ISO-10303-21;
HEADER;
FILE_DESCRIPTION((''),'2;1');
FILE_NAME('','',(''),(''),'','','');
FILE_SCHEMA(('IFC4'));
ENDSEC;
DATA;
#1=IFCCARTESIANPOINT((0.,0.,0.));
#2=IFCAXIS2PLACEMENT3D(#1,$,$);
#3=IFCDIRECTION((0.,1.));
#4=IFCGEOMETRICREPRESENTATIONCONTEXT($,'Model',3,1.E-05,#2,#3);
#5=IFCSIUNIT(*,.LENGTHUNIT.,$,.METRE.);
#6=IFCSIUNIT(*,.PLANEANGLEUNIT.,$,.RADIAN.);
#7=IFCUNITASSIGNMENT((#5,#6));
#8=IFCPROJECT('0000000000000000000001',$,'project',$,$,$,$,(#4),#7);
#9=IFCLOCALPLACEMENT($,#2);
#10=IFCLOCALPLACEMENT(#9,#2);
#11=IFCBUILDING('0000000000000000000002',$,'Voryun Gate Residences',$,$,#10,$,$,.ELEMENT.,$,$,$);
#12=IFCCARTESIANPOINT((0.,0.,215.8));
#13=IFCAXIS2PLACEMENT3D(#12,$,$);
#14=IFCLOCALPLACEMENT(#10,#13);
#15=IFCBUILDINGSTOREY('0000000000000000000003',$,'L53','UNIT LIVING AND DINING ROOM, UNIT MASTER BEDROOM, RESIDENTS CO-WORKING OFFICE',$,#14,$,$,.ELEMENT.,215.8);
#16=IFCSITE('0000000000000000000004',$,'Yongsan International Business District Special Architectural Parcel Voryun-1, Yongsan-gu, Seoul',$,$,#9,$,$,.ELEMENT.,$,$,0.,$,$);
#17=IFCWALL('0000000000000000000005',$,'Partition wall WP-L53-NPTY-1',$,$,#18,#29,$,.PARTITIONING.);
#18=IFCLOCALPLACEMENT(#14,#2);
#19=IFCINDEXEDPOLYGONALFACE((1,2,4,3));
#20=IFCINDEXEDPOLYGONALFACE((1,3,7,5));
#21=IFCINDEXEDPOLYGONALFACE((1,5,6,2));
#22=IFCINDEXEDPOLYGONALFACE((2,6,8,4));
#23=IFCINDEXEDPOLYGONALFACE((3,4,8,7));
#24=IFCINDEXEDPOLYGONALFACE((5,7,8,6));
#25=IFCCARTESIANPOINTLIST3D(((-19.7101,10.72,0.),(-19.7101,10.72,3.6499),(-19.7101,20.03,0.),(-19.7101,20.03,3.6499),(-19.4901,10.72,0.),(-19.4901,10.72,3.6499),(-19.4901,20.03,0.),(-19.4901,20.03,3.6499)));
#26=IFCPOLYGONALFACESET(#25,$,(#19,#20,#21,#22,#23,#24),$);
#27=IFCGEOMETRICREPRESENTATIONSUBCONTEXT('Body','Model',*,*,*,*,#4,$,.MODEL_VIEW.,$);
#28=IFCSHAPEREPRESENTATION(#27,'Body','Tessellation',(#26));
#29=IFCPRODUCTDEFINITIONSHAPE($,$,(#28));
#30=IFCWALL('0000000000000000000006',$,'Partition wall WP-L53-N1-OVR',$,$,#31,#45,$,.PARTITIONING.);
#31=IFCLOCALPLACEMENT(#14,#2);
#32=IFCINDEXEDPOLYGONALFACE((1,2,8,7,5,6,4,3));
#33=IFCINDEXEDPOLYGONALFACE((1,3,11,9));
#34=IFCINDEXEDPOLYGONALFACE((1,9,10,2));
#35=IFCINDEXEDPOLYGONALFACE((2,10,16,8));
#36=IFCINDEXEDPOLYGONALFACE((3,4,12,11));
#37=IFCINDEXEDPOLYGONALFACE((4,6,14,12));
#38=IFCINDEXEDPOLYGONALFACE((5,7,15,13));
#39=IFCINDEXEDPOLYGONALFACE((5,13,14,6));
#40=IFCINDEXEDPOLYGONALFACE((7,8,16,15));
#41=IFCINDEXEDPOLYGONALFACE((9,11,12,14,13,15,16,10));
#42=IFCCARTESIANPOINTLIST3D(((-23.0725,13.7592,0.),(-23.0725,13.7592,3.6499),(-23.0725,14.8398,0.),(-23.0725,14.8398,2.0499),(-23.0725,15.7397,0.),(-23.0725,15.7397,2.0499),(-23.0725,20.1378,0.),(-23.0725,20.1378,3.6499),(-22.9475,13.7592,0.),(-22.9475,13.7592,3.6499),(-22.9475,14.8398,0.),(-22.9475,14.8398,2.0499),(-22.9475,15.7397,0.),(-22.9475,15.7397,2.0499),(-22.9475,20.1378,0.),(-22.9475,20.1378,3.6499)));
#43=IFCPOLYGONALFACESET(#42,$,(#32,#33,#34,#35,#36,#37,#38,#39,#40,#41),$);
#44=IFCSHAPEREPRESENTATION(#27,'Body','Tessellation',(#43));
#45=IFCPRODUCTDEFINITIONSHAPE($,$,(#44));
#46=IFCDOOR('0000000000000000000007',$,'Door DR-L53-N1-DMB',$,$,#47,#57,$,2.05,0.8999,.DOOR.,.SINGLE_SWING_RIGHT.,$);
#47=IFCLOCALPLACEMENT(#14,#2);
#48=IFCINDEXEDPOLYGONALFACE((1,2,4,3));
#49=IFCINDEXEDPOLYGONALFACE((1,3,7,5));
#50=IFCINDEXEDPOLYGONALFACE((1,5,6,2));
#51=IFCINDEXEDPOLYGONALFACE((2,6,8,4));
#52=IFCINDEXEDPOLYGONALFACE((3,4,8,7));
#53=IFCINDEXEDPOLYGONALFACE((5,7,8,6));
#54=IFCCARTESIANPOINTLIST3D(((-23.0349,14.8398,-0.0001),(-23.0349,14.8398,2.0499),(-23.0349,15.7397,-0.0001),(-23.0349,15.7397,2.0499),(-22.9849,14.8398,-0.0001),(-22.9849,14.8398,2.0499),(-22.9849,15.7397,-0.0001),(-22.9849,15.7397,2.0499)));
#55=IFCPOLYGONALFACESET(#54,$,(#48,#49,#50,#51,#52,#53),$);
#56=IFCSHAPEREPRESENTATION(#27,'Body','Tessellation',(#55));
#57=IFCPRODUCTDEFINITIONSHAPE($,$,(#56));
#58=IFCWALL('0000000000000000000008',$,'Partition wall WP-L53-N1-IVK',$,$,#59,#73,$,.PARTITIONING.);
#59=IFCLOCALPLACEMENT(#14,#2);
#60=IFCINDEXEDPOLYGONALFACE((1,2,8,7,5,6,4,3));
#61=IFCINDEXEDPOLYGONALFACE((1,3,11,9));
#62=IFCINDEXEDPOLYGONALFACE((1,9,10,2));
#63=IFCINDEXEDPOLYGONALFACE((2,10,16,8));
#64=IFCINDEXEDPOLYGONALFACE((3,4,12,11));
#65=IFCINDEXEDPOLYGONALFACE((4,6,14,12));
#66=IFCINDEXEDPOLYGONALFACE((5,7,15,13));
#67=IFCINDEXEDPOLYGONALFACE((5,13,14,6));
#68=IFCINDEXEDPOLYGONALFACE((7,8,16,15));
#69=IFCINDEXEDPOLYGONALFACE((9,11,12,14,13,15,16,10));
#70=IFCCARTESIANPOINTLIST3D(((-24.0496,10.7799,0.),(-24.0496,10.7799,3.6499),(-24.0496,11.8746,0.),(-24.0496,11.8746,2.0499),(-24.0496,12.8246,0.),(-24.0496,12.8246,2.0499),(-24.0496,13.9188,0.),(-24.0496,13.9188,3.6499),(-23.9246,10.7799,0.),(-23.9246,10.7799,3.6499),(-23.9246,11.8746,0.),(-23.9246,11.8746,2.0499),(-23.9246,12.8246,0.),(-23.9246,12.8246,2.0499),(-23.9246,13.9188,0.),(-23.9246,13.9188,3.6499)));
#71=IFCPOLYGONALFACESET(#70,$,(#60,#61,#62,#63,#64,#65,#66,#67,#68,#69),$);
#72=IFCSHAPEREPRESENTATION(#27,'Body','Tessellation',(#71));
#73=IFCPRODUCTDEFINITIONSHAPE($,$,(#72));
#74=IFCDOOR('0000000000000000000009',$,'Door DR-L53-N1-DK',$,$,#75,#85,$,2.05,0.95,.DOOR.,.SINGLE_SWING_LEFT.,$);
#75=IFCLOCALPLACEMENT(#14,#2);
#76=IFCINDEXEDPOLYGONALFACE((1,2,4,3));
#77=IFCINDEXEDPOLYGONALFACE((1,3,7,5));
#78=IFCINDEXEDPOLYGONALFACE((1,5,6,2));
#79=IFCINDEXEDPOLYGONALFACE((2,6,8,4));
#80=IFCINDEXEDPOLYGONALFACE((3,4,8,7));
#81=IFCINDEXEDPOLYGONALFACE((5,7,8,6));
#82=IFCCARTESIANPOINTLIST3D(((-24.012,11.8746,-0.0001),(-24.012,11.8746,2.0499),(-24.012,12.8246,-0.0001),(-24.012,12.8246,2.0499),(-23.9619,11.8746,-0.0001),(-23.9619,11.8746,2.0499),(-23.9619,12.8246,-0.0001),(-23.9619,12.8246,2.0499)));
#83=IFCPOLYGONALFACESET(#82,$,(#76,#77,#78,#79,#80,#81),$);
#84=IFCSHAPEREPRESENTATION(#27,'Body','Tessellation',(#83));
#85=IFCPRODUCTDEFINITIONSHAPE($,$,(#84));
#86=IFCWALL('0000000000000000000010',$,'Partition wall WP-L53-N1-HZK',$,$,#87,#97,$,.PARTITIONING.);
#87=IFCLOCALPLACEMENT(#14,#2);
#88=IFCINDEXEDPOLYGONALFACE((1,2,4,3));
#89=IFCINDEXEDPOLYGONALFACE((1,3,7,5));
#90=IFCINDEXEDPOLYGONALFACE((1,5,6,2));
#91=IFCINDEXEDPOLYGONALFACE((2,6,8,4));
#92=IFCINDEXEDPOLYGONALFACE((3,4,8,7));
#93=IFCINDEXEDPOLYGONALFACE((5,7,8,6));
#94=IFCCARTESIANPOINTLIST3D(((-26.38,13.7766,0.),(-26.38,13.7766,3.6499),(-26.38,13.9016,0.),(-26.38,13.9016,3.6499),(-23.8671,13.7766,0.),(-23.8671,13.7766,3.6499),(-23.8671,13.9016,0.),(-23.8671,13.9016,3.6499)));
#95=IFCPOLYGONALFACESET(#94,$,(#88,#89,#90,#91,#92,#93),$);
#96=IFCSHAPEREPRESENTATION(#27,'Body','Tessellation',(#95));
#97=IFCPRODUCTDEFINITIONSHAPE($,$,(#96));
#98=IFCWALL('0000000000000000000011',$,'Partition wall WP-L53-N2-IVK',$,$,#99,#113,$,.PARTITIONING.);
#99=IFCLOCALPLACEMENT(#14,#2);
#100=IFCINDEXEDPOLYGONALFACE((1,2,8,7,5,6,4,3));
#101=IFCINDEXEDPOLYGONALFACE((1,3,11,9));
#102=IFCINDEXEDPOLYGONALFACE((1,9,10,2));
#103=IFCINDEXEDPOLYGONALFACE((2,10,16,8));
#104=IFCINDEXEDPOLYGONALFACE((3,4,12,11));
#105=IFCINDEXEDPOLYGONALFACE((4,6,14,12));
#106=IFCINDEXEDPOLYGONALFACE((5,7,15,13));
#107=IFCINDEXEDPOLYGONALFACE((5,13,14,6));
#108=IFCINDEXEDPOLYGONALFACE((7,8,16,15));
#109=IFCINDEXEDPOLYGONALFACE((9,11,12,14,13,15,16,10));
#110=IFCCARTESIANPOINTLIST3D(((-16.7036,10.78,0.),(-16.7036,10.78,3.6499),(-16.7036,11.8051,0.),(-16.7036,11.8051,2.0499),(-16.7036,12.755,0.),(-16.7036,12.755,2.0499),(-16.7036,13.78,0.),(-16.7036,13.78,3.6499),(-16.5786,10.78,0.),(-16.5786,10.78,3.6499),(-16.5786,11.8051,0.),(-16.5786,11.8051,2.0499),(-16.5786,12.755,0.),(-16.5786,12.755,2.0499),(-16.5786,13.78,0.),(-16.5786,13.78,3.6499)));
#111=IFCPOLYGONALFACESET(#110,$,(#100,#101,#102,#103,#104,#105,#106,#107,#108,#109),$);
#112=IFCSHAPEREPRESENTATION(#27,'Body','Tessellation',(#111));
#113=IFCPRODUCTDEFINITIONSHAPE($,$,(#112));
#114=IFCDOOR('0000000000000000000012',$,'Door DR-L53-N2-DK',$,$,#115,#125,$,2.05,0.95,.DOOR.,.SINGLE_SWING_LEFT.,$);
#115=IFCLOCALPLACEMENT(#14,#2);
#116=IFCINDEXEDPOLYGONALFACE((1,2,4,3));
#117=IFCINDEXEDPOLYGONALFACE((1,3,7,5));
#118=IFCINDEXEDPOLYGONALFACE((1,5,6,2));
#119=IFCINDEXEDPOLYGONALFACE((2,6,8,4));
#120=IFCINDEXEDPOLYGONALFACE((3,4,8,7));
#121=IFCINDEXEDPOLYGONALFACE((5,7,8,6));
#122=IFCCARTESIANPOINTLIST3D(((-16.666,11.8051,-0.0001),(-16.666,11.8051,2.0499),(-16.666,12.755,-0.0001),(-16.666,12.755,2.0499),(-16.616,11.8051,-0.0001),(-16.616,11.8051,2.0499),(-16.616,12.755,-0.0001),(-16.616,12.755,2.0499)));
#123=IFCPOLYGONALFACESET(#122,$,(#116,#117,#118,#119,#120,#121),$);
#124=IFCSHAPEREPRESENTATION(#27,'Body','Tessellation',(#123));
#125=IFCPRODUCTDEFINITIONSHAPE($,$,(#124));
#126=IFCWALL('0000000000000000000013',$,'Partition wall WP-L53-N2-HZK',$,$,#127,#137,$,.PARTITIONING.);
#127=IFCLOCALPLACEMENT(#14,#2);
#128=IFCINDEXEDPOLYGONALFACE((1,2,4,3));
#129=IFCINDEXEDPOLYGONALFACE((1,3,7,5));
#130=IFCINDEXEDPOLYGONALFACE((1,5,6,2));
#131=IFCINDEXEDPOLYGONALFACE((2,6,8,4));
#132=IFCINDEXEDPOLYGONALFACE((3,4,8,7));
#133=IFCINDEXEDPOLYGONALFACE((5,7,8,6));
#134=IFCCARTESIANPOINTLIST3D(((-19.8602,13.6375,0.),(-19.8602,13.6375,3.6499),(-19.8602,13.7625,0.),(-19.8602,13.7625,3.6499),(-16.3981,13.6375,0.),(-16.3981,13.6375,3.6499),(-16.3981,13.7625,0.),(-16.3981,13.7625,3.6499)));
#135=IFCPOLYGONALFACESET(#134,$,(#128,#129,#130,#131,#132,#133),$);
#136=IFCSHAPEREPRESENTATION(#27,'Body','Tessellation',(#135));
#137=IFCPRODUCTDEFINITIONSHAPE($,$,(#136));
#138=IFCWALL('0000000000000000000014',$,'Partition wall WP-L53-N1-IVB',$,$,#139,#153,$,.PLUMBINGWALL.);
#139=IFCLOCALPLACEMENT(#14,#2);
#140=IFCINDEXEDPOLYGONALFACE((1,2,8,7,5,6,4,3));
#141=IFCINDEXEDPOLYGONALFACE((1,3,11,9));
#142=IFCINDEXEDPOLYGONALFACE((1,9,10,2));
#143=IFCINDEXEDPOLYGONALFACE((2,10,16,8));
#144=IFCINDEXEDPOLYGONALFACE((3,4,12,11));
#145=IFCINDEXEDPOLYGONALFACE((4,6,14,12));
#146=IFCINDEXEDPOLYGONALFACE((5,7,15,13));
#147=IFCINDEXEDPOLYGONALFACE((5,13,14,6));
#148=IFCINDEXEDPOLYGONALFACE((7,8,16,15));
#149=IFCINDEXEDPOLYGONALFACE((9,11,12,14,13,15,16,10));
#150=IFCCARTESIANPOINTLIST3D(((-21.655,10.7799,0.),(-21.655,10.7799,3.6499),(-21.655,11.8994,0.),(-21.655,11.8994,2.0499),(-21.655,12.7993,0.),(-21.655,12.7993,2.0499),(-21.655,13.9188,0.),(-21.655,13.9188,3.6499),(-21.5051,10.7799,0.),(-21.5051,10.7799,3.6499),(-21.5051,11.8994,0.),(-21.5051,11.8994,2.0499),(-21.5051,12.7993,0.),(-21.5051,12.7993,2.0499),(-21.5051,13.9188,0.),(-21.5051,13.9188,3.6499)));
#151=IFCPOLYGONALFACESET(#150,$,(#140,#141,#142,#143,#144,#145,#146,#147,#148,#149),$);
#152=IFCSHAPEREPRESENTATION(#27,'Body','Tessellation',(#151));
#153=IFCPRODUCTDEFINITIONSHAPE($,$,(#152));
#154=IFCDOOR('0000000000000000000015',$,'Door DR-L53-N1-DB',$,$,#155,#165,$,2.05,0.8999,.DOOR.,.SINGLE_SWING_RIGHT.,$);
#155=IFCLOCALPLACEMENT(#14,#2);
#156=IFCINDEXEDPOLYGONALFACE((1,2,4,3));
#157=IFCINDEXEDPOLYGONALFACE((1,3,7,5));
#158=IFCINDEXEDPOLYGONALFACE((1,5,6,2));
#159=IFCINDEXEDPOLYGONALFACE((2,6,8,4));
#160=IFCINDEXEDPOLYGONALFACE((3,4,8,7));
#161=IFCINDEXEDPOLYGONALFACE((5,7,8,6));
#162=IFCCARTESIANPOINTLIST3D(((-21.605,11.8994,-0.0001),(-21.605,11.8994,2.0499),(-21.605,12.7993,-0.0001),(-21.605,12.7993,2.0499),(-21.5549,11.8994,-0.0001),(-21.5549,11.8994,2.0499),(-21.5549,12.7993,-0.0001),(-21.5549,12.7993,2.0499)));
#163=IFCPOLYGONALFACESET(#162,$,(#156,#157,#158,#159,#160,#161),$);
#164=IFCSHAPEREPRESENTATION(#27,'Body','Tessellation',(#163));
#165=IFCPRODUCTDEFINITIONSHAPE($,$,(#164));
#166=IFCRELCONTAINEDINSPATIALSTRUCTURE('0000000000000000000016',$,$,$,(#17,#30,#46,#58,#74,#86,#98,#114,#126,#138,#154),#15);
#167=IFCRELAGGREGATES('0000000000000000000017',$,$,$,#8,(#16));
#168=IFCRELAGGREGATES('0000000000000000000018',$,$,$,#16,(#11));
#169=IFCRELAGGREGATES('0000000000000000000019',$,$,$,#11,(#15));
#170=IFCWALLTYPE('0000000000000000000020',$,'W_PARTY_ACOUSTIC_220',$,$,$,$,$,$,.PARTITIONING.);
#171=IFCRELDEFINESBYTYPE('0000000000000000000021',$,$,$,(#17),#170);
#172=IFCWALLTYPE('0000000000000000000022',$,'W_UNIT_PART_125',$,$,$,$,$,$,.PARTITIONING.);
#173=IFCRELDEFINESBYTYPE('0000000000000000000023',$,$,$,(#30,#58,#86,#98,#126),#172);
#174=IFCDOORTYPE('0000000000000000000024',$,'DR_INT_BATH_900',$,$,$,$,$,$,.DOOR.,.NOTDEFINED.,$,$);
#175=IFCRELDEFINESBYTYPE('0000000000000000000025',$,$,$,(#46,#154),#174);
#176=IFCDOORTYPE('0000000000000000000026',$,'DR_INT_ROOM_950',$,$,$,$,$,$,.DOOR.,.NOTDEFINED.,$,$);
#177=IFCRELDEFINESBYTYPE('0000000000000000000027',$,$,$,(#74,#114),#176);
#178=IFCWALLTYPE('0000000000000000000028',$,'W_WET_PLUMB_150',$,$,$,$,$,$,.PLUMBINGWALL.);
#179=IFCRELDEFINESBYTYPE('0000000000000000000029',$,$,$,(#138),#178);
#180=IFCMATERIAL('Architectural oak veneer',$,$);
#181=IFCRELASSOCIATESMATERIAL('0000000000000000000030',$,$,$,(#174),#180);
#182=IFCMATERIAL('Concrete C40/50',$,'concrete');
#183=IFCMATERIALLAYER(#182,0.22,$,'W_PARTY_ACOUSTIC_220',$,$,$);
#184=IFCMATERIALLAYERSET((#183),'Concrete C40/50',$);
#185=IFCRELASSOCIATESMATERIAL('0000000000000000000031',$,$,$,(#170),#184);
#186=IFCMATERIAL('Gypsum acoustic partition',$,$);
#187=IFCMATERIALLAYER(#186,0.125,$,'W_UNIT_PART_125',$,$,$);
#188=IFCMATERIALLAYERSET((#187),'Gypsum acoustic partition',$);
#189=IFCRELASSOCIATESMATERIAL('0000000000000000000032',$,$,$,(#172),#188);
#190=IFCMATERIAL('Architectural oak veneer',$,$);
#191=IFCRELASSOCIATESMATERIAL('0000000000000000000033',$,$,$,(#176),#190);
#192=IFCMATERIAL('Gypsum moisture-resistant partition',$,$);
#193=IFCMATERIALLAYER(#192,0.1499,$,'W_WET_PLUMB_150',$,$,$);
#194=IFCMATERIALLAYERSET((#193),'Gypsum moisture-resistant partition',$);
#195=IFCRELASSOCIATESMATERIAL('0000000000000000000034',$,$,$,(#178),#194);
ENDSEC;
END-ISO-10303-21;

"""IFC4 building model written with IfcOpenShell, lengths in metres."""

from ifc_helpers import new_model, si_unit, direction, frame, frame_2d, origin, place, context, subcontext, project, spatial, rectangle, extrude, material, layer, layer_set, type_object, element, fill, save


model = new_model("IFC4")

# Units and contexts
model_context = context("Model", 3, precision=1e-05, world=origin(), true_north=direction((0.0, 1.0)))
body_context = subcontext(model_context, "Body", "Model", "MODEL_VIEW")
ifc_project = project(units=[si_unit("LENGTHUNIT", "METRE"), si_unit("PLANEANGLEUNIT", "RADIAN")], contexts=[model_context])

# Site, building, storey
site_placement = place(None, origin())
site = spatial("IfcSite", under=ifc_project, at=site_placement, Name="Yongsan International Business District Special Architectural Parcel Voryun-1, Yongsan-gu, Seoul", CompositionType="ELEMENT", RefElevation=0.0)
building_placement = place(site_placement, origin())
building = spatial("IfcBuilding", under=site, at=building_placement, Name="Voryun Gate Residences", CompositionType="ELEMENT")
storey_placement = place(building_placement, frame((0.0, 0.0, 215.8)))
storey = spatial("IfcBuildingStorey", under=building, at=storey_placement, Name="L53", Description="UNIT LIVING AND DINING ROOM, UNIT MASTER BEDROOM, RESIDENTS CO-WORKING OFFICE", CompositionType="ELEMENT", Elevation=215.8)

# Shared definitions
ifc_material_1 = material(Name="Architectural oak veneer")
door_type_1 = type_object("IfcDoorType", Name="DR_INT_BATH_900", OperationType="NOTDEFINED", PredefinedType="DOOR", material=ifc_material_1)

# Wall
ifc_material_2 = material(Name="Concrete C40/50", Category="concrete")
ifc_layer_1 = layer(ifc_material_2, 0.22, Name="W_PARTY_ACOUSTIC_220")
ifc_layer_set_1 = layer_set([ifc_layer_1], Name="Concrete C40/50")
wall_type_1 = type_object("IfcWallType", Name="W_PARTY_ACOUSTIC_220", PredefinedType="PARTITIONING", material=ifc_layer_set_1)
wall_1_placement = place(storey_placement, frame((-19.6001, 10.72, 0.0), z_axis=(0.0, 0.0, 1.0), x_axis=(0.0, 1.0, 0.0)))
element("IfcWall", 1, at=wall_1_placement, inside=storey, type_object=wall_type_1, Name="Partition wall WP-L53-NPTY-1", PredefinedType="PARTITIONING", context=body_context, shape_type="SweptSolid", body=[
    extrude(rectangle(XDim=9.3101, YDim=0.22, at=frame_2d((4.655, 0.0))), origin(), (0.0, 0.0, 1.0), 3.6499),
])

# Walls, openings, doors
ifc_material_3 = material(Name="Gypsum acoustic partition")
ifc_layer_2 = layer(ifc_material_3, 0.125, Name="W_UNIT_PART_125")
ifc_layer_set_2 = layer_set([ifc_layer_2], Name="Gypsum acoustic partition")
wall_type_2 = type_object("IfcWallType", Name="W_UNIT_PART_125", PredefinedType="PARTITIONING", material=ifc_layer_set_2)
wall_2_placement = place(storey_placement, frame((-23.01, 13.759, 0.0), z_axis=(0.0, 0.0, 1.0), x_axis=(0.0, 1.0, 0.0)))
wall_2 = element("IfcWall", 2, at=wall_2_placement, inside=storey, type_object=wall_type_2, Name="Partition wall WP-L53-N1-OVR", PredefinedType="PARTITIONING", context=body_context, shape_type="SweptSolid", body=[
    extrude(rectangle(XDim=6.3787, YDim=0.125, at=frame_2d((3.1895, 0.0))), origin(), (0.0, 0.0, 1.0), 3.6499),
])
opening_1_placement = place(wall_2_placement, frame((1.0808, 0.0, 0.0)))
opening_1 = element("IfcOpeningElement", 3, at=opening_1_placement, cuts=wall_2, PredefinedType="OPENING", context=body_context, shape_type="SweptSolid", body=[
    extrude(rectangle(XDim=0.8999, YDim=2.05, at=frame_2d((0.45, 1.0249))), frame((0.0, 0.0725, 0.0), z_axis=(0.0, -1.0, 0.0), x_axis=(1.0, 0.0, 0.0)), (0.0, 0.0, 1.0), 0.145),
])
door_1_placement = place(opening_1_placement, origin())
door_1 = element("IfcDoor", 4, at=door_1_placement, inside=storey, type_object=door_type_1, Name="Door DR-L53-N1-DMB", OperationType="SINGLE_SWING_RIGHT", OverallHeight=2.05, OverallWidth=0.8999, PredefinedType="DOOR", context=body_context, shape_type="SweptSolid", body=[
    extrude(rectangle(XDim=0.8999, YDim=2.05, at=frame_2d((0.45, 1.0249))), frame((0.0, 0.0249, 0.0), z_axis=(0.0, -1.0, 0.0), x_axis=(1.0, 0.0, 0.0)), (0.0, 0.0, 1.0), 0.05),
])
fill(opening_1, door_1)
wall_3_placement = place(storey_placement, frame((-23.9871, 10.78, 0.0), z_axis=(0.0, 0.0, 1.0), x_axis=(0.0, 1.0, 0.0)))
wall_3 = element("IfcWall", 5, at=wall_3_placement, inside=storey, type_object=wall_type_2, Name="Partition wall WP-L53-N1-IVK", PredefinedType="PARTITIONING", context=body_context, shape_type="SweptSolid", body=[
    extrude(rectangle(XDim=3.1389, YDim=0.125, at=frame_2d((1.5693, 0.0))), origin(), (0.0, 0.0, 1.0), 3.6499),
])
opening_2_placement = place(wall_3_placement, frame((1.0945, 0.0, 0.0)))
opening_2 = element("IfcOpeningElement", 6, at=opening_2_placement, cuts=wall_3, PredefinedType="OPENING", context=body_context, shape_type="SweptSolid", body=[
    extrude(rectangle(XDim=0.95, YDim=2.05, at=frame_2d((0.4751, 1.0249))), frame((0.0, 0.0725, 0.0), z_axis=(0.0, -1.0, 0.0), x_axis=(1.0, 0.0, 0.0)), (0.0, 0.0, 1.0), 0.145),
])
ifc_material_4 = material(Name="Architectural oak veneer")
door_type_2 = type_object("IfcDoorType", Name="DR_INT_ROOM_950", OperationType="NOTDEFINED", PredefinedType="DOOR", material=ifc_material_4)
door_2_placement = place(opening_2_placement, origin())
door_2 = element("IfcDoor", 7, at=door_2_placement, inside=storey, type_object=door_type_2, Name="Door DR-L53-N1-DK", OperationType="SINGLE_SWING_LEFT", OverallHeight=2.05, OverallWidth=0.95, PredefinedType="DOOR", context=body_context, shape_type="SweptSolid", body=[
    extrude(rectangle(XDim=0.95, YDim=2.05, at=frame_2d((0.4751, 1.0249))), frame((0.0, 0.0249, 0.0), z_axis=(0.0, -1.0, 0.0), x_axis=(1.0, 0.0, 0.0)), (0.0, 0.0, 1.0), 0.05),
])
fill(opening_2, door_2)

# Wall
wall_4_placement = place(storey_placement, frame((-26.3799, 13.8391, 0.0), z_axis=(0.0, 0.0, 1.0), x_axis=(1.0, 0.0, 0.0)))
element("IfcWall", 8, at=wall_4_placement, inside=storey, type_object=wall_type_2, Name="Partition wall WP-L53-N1-HZK", PredefinedType="PARTITIONING", context=body_context, shape_type="SweptSolid", body=[
    extrude(rectangle(XDim=2.5129, YDim=0.125, at=frame_2d((1.2563, 0.0))), origin(), (0.0, 0.0, 1.0), 3.6499),
])

# Wall, opening, door
wall_5_placement = place(storey_placement, frame((-16.6411, 10.78, 0.0), z_axis=(0.0, 0.0, 1.0), x_axis=(0.0, 1.0, 0.0)))
wall_5 = element("IfcWall", 9, at=wall_5_placement, inside=storey, type_object=wall_type_2, Name="Partition wall WP-L53-N2-IVK", PredefinedType="PARTITIONING", context=body_context, shape_type="SweptSolid", body=[
    extrude(rectangle(XDim=3.0, YDim=0.125, at=frame_2d((1.5, 0.0))), origin(), (0.0, 0.0, 1.0), 3.6499),
])
opening_3_placement = place(wall_5_placement, frame((1.0249, 0.0, 0.0)))
opening_3 = element("IfcOpeningElement", 10, at=opening_3_placement, cuts=wall_5, PredefinedType="OPENING", context=body_context, shape_type="SweptSolid", body=[
    extrude(rectangle(XDim=0.95, YDim=2.05, at=frame_2d((0.4751, 1.0249))), frame((0.0, 0.0725, 0.0), z_axis=(0.0, -1.0, 0.0), x_axis=(1.0, 0.0, 0.0)), (0.0, 0.0, 1.0), 0.145),
])
door_3_placement = place(opening_3_placement, origin())
door_3 = element("IfcDoor", 11, at=door_3_placement, inside=storey, type_object=door_type_2, Name="Door DR-L53-N2-DK", OperationType="SINGLE_SWING_LEFT", OverallHeight=2.05, OverallWidth=0.95, PredefinedType="DOOR", context=body_context, shape_type="SweptSolid", body=[
    extrude(rectangle(XDim=0.95, YDim=2.05, at=frame_2d((0.4751, 1.0249))), frame((0.0, 0.0249, 0.0), z_axis=(0.0, -1.0, 0.0), x_axis=(1.0, 0.0, 0.0)), (0.0, 0.0, 1.0), 0.05),
])
fill(opening_3, door_3)

# Wall
wall_6_placement = place(storey_placement, frame((-19.8601, 13.7, 0.0), z_axis=(0.0, 0.0, 1.0), x_axis=(1.0, 0.0, 0.0)))
element("IfcWall", 12, at=wall_6_placement, inside=storey, type_object=wall_type_2, Name="Partition wall WP-L53-N2-HZK", PredefinedType="PARTITIONING", context=body_context, shape_type="SweptSolid", body=[
    extrude(rectangle(XDim=3.4622, YDim=0.125, at=frame_2d((1.731, 0.0))), origin(), (0.0, 0.0, 1.0), 3.6499),
])

# Wall, opening, door
ifc_material_5 = material(Name="Gypsum moisture-resistant partition")
ifc_layer_3 = layer(ifc_material_5, 0.1499, Name="W_WET_PLUMB_150")
ifc_layer_set_3 = layer_set([ifc_layer_3], Name="Gypsum moisture-resistant partition")
wall_type_3 = type_object("IfcWallType", Name="W_WET_PLUMB_150", PredefinedType="PLUMBINGWALL", material=ifc_layer_set_3)
wall_7_placement = place(storey_placement, frame((-21.5801, 10.78, 0.0), z_axis=(0.0, 0.0, 1.0), x_axis=(0.0, 1.0, 0.0)))
wall_7 = element("IfcWall", 13, at=wall_7_placement, inside=storey, type_object=wall_type_3, Name="Partition wall WP-L53-N1-IVB", PredefinedType="PLUMBINGWALL", context=body_context, shape_type="SweptSolid", body=[
    extrude(rectangle(XDim=3.1389, YDim=0.1499, at=frame_2d((1.5693, 0.0))), origin(), (0.0, 0.0, 1.0), 3.6499),
])
opening_4_placement = place(wall_7_placement, frame((1.1194, 0.0, 0.0)))
opening_4 = element("IfcOpeningElement", 14, at=opening_4_placement, cuts=wall_7, PredefinedType="OPENING", context=body_context, shape_type="SweptSolid", body=[
    extrude(rectangle(XDim=0.8999, YDim=2.05, at=frame_2d((0.45, 1.0249))), frame((0.0, 0.085, 0.0), z_axis=(0.0, -1.0, 0.0), x_axis=(1.0, 0.0, 0.0)), (0.0, 0.0, 1.0), 0.1699),
])
door_4_placement = place(opening_4_placement, origin())
door_4 = element("IfcDoor", 15, at=door_4_placement, inside=storey, type_object=door_type_1, Name="Door DR-L53-N1-DB", OperationType="SINGLE_SWING_RIGHT", OverallHeight=2.05, OverallWidth=0.8999, PredefinedType="DOOR", context=body_context, shape_type="SweptSolid", body=[
    extrude(rectangle(XDim=0.8999, YDim=2.05, at=frame_2d((0.45, 1.0249))), frame((0.0, 0.0249, 0.0), z_axis=(0.0, -1.0, 0.0), x_axis=(1.0, 0.0, 0.0)), (0.0, 0.0, 1.0), 0.05),
])
fill(opening_4, door_4)

save(model, "model.ifc")
